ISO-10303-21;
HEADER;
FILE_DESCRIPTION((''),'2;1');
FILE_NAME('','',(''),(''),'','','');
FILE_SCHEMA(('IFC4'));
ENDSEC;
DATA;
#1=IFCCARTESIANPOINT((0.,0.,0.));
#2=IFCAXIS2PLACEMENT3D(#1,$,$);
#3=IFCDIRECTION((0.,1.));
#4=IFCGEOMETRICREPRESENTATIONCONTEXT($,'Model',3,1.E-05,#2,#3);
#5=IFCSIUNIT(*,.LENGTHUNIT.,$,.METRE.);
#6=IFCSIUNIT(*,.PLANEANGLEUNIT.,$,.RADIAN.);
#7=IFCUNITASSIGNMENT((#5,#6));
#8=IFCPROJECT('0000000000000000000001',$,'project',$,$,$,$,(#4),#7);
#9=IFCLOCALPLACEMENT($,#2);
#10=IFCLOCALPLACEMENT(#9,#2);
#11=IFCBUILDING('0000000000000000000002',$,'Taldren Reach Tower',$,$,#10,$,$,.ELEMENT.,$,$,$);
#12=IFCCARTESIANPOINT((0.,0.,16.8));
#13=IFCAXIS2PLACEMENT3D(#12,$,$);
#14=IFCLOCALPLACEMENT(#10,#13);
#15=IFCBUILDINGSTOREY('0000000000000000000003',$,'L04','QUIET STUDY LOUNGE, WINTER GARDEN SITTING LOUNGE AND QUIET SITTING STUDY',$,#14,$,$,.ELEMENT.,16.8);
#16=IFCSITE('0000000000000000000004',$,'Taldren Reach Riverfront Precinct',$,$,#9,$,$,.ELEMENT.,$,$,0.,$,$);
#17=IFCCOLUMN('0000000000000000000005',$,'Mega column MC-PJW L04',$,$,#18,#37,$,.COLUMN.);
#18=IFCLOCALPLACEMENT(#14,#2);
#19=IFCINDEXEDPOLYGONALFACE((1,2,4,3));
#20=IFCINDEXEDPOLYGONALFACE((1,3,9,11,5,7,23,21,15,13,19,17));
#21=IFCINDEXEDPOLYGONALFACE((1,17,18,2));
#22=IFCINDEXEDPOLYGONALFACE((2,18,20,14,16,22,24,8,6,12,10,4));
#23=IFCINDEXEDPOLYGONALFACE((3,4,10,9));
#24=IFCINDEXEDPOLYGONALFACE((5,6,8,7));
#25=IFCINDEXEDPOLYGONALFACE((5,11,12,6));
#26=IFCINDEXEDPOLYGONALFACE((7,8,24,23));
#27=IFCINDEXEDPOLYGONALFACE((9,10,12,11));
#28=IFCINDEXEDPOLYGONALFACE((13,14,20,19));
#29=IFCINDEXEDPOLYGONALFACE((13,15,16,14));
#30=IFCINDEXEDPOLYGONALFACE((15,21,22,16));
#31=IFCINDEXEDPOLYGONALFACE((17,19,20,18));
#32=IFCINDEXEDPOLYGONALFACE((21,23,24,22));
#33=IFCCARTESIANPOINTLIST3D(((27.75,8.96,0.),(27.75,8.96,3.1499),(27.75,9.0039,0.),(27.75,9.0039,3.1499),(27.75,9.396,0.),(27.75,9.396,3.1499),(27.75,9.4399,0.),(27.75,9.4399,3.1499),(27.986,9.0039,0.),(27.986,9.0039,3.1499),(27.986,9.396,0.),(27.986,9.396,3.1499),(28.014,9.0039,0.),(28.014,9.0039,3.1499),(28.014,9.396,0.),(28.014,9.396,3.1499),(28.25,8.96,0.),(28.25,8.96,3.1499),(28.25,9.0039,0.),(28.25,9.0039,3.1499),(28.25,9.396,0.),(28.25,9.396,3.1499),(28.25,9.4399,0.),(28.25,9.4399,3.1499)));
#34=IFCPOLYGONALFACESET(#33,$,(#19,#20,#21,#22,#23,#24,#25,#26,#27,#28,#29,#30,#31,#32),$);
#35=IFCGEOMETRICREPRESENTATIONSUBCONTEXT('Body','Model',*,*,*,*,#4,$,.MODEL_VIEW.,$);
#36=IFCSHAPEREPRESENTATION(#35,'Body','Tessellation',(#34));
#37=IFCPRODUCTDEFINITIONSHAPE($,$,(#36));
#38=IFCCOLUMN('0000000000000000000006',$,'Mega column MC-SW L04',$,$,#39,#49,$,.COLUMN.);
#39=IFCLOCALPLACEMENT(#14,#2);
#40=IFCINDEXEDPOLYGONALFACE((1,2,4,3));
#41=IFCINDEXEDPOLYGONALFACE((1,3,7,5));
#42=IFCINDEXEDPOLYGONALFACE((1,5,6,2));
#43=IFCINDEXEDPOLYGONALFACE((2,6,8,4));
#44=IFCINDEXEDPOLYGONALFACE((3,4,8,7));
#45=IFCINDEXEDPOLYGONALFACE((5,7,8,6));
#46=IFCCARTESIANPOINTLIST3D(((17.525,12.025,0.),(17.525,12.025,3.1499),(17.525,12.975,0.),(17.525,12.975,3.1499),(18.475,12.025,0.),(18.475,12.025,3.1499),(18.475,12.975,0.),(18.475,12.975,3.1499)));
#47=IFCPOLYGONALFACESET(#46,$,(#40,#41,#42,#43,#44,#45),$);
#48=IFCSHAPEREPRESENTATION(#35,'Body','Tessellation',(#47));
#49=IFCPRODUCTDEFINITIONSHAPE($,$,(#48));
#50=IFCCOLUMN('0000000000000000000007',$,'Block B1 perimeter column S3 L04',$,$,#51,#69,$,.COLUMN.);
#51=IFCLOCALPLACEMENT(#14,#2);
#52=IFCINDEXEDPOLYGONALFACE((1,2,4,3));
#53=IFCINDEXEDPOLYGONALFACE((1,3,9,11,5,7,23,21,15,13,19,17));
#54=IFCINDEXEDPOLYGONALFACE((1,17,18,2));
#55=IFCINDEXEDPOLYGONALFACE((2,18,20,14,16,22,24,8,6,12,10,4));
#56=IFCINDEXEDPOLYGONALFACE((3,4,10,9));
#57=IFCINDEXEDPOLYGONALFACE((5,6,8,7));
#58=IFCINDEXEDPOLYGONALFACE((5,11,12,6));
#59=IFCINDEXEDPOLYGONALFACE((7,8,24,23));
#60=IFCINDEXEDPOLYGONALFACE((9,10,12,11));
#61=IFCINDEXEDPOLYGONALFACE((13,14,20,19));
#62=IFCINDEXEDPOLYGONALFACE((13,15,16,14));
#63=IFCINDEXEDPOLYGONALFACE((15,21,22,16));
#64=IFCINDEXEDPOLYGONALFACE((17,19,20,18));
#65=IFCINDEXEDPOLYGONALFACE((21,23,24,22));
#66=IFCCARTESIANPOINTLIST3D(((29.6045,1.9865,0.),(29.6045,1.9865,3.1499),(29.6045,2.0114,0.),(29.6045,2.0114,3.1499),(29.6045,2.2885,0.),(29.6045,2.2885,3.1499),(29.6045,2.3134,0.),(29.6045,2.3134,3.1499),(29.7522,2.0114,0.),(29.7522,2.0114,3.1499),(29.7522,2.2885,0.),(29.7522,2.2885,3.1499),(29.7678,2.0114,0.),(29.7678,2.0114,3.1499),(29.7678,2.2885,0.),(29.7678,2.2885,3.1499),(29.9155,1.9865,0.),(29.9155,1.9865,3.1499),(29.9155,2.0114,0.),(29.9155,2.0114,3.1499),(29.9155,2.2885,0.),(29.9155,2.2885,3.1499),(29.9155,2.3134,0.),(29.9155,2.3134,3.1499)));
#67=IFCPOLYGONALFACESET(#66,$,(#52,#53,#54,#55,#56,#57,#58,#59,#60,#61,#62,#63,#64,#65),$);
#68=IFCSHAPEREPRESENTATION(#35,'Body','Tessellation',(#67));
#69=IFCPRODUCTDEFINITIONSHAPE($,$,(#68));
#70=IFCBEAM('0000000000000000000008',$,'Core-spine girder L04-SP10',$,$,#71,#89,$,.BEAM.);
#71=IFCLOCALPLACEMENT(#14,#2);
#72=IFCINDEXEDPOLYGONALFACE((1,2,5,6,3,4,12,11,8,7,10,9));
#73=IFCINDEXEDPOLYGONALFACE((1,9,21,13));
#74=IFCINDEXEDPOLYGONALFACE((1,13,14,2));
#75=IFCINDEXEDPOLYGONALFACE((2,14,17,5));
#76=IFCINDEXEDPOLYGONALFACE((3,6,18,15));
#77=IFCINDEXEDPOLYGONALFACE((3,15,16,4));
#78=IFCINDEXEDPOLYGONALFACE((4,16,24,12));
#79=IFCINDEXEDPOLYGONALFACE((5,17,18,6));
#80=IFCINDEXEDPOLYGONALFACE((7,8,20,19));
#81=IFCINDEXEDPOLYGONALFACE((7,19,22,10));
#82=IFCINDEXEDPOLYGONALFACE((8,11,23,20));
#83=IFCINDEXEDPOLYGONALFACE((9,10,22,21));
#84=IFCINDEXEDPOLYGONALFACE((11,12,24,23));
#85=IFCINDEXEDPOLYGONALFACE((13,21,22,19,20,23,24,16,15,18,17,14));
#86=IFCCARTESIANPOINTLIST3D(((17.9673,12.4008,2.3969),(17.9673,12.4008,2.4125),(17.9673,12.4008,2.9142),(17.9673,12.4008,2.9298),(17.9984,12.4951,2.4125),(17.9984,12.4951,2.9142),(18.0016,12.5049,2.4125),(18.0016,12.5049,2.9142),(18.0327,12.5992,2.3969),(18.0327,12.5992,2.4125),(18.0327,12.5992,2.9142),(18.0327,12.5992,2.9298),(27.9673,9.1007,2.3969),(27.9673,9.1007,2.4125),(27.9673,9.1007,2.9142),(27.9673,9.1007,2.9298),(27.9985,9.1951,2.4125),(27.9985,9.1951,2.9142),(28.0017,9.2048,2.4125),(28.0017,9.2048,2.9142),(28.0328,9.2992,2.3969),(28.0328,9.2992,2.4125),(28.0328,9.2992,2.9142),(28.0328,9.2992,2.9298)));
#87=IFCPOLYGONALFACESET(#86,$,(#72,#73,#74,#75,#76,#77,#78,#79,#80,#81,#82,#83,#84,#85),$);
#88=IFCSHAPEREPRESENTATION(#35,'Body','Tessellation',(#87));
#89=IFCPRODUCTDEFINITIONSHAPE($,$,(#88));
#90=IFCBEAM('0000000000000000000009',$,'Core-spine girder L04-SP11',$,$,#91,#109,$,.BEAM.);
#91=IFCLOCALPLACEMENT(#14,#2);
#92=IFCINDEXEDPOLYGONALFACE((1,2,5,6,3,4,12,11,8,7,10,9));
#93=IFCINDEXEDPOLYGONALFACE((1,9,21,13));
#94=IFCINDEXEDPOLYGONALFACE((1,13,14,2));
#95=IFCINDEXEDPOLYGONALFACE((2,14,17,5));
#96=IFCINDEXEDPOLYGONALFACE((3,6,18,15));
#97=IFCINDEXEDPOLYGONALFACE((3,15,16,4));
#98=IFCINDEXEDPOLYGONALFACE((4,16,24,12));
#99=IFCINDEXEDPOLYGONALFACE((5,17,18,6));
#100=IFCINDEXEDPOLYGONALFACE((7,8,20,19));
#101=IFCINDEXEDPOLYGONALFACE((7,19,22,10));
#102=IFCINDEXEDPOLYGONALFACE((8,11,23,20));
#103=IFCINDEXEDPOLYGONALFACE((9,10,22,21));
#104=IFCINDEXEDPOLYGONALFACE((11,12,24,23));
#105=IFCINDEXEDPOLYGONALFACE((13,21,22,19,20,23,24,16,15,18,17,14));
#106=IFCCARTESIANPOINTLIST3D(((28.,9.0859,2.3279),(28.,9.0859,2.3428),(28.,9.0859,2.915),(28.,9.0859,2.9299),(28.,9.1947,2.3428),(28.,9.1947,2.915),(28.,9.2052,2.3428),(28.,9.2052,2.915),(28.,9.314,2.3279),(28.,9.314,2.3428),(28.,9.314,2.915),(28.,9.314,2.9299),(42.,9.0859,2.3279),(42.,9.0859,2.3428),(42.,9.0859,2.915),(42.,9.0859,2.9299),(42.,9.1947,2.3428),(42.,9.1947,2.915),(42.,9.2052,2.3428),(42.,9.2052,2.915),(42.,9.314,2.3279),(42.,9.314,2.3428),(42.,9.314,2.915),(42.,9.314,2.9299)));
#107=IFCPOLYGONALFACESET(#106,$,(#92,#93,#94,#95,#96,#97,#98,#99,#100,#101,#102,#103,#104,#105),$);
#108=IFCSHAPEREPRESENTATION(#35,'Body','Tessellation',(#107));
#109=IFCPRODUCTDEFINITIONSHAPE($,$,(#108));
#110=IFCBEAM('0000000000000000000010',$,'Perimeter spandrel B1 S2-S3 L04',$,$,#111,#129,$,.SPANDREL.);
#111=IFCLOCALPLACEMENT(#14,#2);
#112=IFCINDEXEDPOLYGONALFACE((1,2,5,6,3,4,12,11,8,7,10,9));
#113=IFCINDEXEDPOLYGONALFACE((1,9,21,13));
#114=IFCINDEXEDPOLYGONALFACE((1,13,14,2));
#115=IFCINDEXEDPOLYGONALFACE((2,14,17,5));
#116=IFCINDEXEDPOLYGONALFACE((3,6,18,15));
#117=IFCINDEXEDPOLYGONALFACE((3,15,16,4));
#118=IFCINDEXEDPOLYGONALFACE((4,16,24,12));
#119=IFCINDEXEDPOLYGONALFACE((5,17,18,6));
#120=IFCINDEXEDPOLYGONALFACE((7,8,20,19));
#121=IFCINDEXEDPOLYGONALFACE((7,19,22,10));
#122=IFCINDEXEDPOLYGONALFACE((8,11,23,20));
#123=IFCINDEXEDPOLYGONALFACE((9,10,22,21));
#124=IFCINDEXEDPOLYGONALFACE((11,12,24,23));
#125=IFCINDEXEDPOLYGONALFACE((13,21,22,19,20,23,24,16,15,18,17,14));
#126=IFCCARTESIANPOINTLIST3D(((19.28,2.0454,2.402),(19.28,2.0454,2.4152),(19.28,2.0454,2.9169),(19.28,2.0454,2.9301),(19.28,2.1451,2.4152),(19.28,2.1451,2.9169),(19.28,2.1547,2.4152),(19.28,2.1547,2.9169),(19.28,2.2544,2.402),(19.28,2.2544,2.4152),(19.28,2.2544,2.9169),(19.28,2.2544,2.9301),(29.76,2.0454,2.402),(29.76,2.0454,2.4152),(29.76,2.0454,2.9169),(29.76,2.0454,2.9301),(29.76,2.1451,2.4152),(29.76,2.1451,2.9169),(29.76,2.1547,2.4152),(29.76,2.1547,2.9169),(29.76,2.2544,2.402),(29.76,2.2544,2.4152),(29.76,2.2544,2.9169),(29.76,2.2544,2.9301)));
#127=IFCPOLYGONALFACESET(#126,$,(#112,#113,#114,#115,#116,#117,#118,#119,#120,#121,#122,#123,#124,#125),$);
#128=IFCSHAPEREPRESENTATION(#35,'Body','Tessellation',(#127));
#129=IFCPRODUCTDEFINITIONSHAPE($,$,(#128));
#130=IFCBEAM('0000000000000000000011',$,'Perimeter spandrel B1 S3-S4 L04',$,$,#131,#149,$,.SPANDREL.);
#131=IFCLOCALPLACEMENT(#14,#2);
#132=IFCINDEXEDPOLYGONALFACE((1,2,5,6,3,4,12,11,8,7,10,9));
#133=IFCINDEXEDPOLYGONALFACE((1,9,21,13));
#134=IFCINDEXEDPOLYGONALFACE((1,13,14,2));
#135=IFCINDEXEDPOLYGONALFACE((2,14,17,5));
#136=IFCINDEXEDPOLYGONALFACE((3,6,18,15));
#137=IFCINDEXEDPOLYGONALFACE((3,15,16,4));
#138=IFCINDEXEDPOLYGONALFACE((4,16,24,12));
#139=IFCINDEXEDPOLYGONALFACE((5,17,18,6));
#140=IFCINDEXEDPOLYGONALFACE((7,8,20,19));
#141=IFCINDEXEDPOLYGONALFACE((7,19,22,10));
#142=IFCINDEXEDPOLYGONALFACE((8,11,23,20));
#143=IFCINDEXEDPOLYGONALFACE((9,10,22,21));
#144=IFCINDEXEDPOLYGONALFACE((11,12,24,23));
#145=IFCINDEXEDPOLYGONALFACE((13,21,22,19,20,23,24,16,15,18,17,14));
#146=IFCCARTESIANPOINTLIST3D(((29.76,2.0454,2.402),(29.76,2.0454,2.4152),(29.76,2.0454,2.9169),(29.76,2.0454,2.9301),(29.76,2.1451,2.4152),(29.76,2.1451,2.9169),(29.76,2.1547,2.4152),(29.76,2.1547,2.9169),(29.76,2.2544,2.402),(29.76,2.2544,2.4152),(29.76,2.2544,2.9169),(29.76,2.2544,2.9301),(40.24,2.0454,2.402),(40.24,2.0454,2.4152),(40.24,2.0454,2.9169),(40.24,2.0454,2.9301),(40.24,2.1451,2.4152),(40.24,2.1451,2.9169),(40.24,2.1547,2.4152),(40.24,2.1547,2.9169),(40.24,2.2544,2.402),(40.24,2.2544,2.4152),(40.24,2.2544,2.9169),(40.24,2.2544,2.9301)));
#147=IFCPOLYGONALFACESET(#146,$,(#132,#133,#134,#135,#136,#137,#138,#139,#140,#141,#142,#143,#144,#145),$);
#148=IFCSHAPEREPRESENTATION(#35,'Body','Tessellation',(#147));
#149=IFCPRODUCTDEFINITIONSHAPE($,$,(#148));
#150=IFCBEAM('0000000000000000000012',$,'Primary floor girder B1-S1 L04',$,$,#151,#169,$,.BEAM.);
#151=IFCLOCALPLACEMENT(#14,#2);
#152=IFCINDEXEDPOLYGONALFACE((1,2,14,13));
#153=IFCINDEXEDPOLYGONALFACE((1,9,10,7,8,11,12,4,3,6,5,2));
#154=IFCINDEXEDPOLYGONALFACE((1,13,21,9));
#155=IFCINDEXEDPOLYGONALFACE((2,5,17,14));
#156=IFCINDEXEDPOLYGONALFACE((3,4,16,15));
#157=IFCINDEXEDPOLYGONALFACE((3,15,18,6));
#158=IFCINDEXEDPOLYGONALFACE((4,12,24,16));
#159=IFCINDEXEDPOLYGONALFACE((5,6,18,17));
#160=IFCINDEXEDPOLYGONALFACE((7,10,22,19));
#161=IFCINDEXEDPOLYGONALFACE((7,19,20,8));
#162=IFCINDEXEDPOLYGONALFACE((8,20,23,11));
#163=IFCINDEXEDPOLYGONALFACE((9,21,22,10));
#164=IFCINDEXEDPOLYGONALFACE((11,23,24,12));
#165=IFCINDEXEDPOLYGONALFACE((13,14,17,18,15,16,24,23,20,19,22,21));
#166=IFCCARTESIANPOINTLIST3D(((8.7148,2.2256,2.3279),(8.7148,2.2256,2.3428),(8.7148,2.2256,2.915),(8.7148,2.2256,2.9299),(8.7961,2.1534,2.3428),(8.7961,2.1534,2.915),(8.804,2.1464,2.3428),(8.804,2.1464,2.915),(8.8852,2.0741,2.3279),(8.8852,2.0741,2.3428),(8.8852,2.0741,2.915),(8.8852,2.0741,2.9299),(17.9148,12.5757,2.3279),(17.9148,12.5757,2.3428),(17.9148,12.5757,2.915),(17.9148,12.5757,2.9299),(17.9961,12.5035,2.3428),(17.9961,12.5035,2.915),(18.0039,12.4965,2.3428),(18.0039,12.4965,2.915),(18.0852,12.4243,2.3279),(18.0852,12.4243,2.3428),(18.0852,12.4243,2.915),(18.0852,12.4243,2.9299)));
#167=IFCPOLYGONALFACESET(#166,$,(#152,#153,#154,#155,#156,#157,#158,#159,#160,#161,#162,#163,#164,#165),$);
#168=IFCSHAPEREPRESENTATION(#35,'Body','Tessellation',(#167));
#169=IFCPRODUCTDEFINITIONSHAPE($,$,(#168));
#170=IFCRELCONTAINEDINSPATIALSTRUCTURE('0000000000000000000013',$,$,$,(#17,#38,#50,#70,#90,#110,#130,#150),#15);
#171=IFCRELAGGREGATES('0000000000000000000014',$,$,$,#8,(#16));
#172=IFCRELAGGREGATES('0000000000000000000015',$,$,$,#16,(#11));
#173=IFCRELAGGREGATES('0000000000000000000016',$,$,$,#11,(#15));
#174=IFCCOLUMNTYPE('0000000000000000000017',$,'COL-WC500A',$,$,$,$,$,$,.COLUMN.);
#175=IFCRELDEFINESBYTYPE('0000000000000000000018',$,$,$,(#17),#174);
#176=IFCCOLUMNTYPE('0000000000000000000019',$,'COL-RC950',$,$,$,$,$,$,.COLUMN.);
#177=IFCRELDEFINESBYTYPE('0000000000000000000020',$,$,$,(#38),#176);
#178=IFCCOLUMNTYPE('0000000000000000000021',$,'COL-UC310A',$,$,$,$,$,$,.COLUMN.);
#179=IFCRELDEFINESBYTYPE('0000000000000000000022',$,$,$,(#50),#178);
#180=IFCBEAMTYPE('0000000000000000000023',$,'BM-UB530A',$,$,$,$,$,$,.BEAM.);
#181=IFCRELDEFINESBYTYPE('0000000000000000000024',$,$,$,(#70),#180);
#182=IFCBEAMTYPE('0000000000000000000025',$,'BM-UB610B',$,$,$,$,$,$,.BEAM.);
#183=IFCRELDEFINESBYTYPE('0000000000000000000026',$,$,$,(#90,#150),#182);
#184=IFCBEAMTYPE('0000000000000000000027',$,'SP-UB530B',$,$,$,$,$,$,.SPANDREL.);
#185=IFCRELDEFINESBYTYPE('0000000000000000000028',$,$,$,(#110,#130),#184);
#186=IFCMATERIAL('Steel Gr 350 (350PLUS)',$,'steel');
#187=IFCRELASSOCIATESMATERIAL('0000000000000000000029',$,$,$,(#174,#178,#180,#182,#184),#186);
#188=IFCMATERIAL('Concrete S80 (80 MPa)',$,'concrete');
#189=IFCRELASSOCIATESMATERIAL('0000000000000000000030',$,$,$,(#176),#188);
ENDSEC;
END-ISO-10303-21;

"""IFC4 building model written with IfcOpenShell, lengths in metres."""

from ifc_helpers import new_model, si_unit, direction, frame, origin, origin_2d, place, context, subcontext, project, spatial, rectangle, i_section, extrude, source, transform, mapped, material, material_profile, profile_set, type_object, element, save


model = new_model("IFC4")

# Units and contexts
model_context = context("Model", 3, precision=1e-05, world=origin(), true_north=direction((0.0, 1.0)))
body_context = subcontext(model_context, "Body", "Model", "MODEL_VIEW")
ifc_project = project(units=[si_unit("LENGTHUNIT", "METRE"), si_unit("PLANEANGLEUNIT", "RADIAN")], contexts=[model_context])

# Site, building, storey
site_placement = place(None, origin())
site = spatial("IfcSite", under=ifc_project, at=site_placement, Name="Taldren Reach Riverfront Precinct", CompositionType="ELEMENT", RefElevation=0.0)
building_placement = place(site_placement, origin())
building = spatial("IfcBuilding", under=site, at=building_placement, Name="Taldren Reach Tower", CompositionType="ELEMENT")
storey_placement = place(building_placement, frame((0.0, 0.0, 16.8)))
storey = spatial("IfcBuildingStorey", under=building, at=storey_placement, Name="L04", Description="QUIET STUDY LOUNGE, WINTER GARDEN SITTING LOUNGE AND QUIET SITTING STUDY", CompositionType="ELEMENT", Elevation=16.8)

# Columns
ifc_material_1 = material(Name="Steel Gr 350 (350PLUS)", Category="steel")
ifc_material_profile_1 = material_profile(ifc_material_1, i_section(OverallWidth=0.5, OverallDepth=0.48, WebThickness=0.0281, FlangeThickness=0.0439, at=origin_2d()), Name="500WC440")
ifc_profile_set_1 = profile_set([ifc_material_profile_1], Name="Steel Gr 350 (350PLUS)")
column_type_1 = type_object("IfcColumnType", Name="COL-WC500A", PredefinedType="COLUMN", material=ifc_profile_set_1)
shared_shape_1 = source(origin(), body_context, "Body", "SweptSolid", [
    extrude(i_section(OverallWidth=0.5, OverallDepth=0.48, WebThickness=0.0281, FlangeThickness=0.0439, at=origin_2d()), origin(), (0.0, 0.0, 1.0), 3.1499),
])
column_1_placement = place(storey_placement, frame((28.0, 9.2, 0.0), z_axis=(0.0, 0.0, 1.0), x_axis=(1.0, 0.0, 0.0)))
element("IfcColumn", 1, at=column_1_placement, inside=storey, type_object=column_type_1, Name="Mega column MC-PJW L04", PredefinedType="COLUMN", context=body_context, shape_type="MappedRepresentation", body=[
    mapped(shared_shape_1, transform((0.0, 0.0, 0.0), scale=1.0)),
])
ifc_material_2 = material(Name="Concrete S80 (80 MPa)", Category="concrete")
ifc_material_profile_2 = material_profile(ifc_material_2, rectangle(XDim=0.95, YDim=0.95, at=origin_2d()), Name="RC-950x950")
ifc_profile_set_2 = profile_set([ifc_material_profile_2], Name="Concrete S80 (80 MPa)")
column_type_2 = type_object("IfcColumnType", Name="COL-RC950", PredefinedType="COLUMN", material=ifc_profile_set_2)
shared_shape_2 = source(origin(), body_context, "Body", "SweptSolid", [
    extrude(rectangle(XDim=0.95, YDim=0.95, at=origin_2d()), origin(), (0.0, 0.0, 1.0), 3.1499),
])
column_2_placement = place(storey_placement, frame((18.0, 12.5, 0.0), z_axis=(0.0, 0.0, 1.0), x_axis=(1.0, 0.0, 0.0)))
element("IfcColumn", 2, at=column_2_placement, inside=storey, type_object=column_type_2, Name="Mega column MC-SW L04", PredefinedType="COLUMN", context=body_context, shape_type="MappedRepresentation", body=[
    mapped(shared_shape_2, transform((0.0, 0.0, 0.0), scale=1.0)),
])
ifc_material_profile_3 = material_profile(ifc_material_1, i_section(OverallWidth=0.311, OverallDepth=0.3269, WebThickness=0.0156, FlangeThickness=0.0249, at=origin_2d()), Name="310UC158")
ifc_profile_set_3 = profile_set([ifc_material_profile_3], Name="Steel Gr 350 (350PLUS)")
column_type_3 = type_object("IfcColumnType", Name="COL-UC310A", PredefinedType="COLUMN", material=ifc_profile_set_3)
shared_shape_3 = source(origin(), body_context, "Body", "SweptSolid", [
    extrude(i_section(OverallWidth=0.311, OverallDepth=0.3269, WebThickness=0.0156, FlangeThickness=0.0249, at=origin_2d()), origin(), (0.0, 0.0, 1.0), 3.1499),
])
column_3_placement = place(storey_placement, frame((29.76, 2.1499, 0.0), z_axis=(0.0, 0.0, 1.0), x_axis=(1.0, 0.0, 0.0)))
element("IfcColumn", 3, at=column_3_placement, inside=storey, type_object=column_type_3, Name="Block B1 perimeter column S3 L04", PredefinedType="COLUMN", context=body_context, shape_type="MappedRepresentation", body=[
    mapped(shared_shape_3, transform((0.0, 0.0, 0.0), scale=1.0)),
])

# Beams
ifc_material_profile_4 = material_profile(ifc_material_1, i_section(OverallWidth=0.209, OverallDepth=0.533, WebThickness=0.0103, FlangeThickness=0.0156, at=origin_2d()), Name="530UB92.4")
ifc_profile_set_4 = profile_set([ifc_material_profile_4], Name="Steel Gr 350 (350PLUS)")
beam_type_1 = type_object("IfcBeamType", Name="BM-UB530A", PredefinedType="BEAM", material=ifc_profile_set_4)
shared_shape_4 = source(origin(), body_context, "Body", "SweptSolid", [
    extrude(i_section(OverallWidth=0.209, OverallDepth=0.533, WebThickness=0.0103, FlangeThickness=0.0156, at=origin_2d()), origin(), (0.0, 0.0, 1.0), 10.5305),
])
beam_1_placement = place(storey_placement, frame((18.0, 12.5, 2.6633), z_axis=(0.949627, -0.313382, 0.0), x_axis=(0.313382, 0.949627, 0.0)))
element("IfcBeam", 4, at=beam_1_placement, inside=storey, type_object=beam_type_1, Name="Core-spine girder L04-SP10", PredefinedType="BEAM", context=body_context, shape_type="MappedRepresentation", body=[
    mapped(shared_shape_4, transform((0.0, 0.0, 0.0), scale=1.0)),
])
ifc_material_profile_5 = material_profile(ifc_material_1, i_section(OverallWidth=0.228, OverallDepth=0.6021, WebThickness=0.0105, FlangeThickness=0.0149, at=origin_2d()), Name="610UB101")
ifc_profile_set_5 = profile_set([ifc_material_profile_5], Name="Steel Gr 350 (350PLUS)")
beam_type_2 = type_object("IfcBeamType", Name="BM-UB610B", PredefinedType="BEAM", material=ifc_profile_set_5)
shared_shape_5 = source(origin(), body_context, "Body", "SweptSolid", [
    extrude(i_section(OverallWidth=0.228, OverallDepth=0.6021, WebThickness=0.0105, FlangeThickness=0.0149, at=origin_2d()), origin(), (0.0, 0.0, 1.0), 14.0),
])
beam_2_placement = place(storey_placement, frame((28.0, 9.2, 2.6289), z_axis=(1.0, 0.0, 0.0), x_axis=(0.0, 1.0, 0.0)))
element("IfcBeam", 5, at=beam_2_placement, inside=storey, type_object=beam_type_2, Name="Core-spine girder L04-SP11", PredefinedType="BEAM", context=body_context, shape_type="MappedRepresentation", body=[
    mapped(shared_shape_5, transform((0.0, 0.0, 0.0), scale=1.0)),
])
ifc_material_profile_6 = material_profile(ifc_material_1, i_section(OverallWidth=0.209, OverallDepth=0.5281, WebThickness=0.0095, FlangeThickness=0.0132, at=origin_2d()), Name="530UB82.0")
ifc_profile_set_6 = profile_set([ifc_material_profile_6], Name="Steel Gr 350 (350PLUS)")
beam_type_3 = type_object("IfcBeamType", Name="SP-UB530B", PredefinedType="SPANDREL", material=ifc_profile_set_6)
shared_shape_6 = source(origin(), body_context, "Body", "SweptSolid", [
    extrude(i_section(OverallWidth=0.209, OverallDepth=0.5281, WebThickness=0.0095, FlangeThickness=0.0132, at=origin_2d()), origin(), (0.0, 0.0, 1.0), 10.48),
])
for number, where, z_axis, x_axis, name in (
    (6, (19.28, 2.1499, 2.666), (1.0, 0.0, 0.0), (0.0, 1.0, 0.0), "Perimeter spandrel B1 S2-S3 L04"),
    (7, (29.76, 2.1499, 2.666), (1.0, 0.0, 0.0), (0.0, 1.0, 0.0), "Perimeter spandrel B1 S3-S4 L04"),
):
    element("IfcBeam", number, at=place(storey_placement, frame(where, z_axis=z_axis, x_axis=x_axis)), inside=storey, type_object=beam_type_3, Name=name, PredefinedType="SPANDREL", context=body_context, shape_type="MappedRepresentation", body=[
        mapped(shared_shape_6, transform((0.0, 0.0, 0.0), scale=1.0)),
    ])
shared_shape_7 = source(origin(), body_context, "Body", "SweptSolid", [
    extrude(i_section(OverallWidth=0.228, OverallDepth=0.6021, WebThickness=0.0105, FlangeThickness=0.0149, at=origin_2d()), origin(), (0.0, 0.0, 1.0), 13.8479),
])
beam_3_placement = place(storey_placement, frame((18.0, 12.5, 2.6289), z_axis=(-0.664358, -0.747414, 0.0), x_axis=(0.747414, -0.664358, 0.0)))
element("IfcBeam", 8, at=beam_3_placement, inside=storey, type_object=beam_type_2, Name="Primary floor girder B1-S1 L04", PredefinedType="BEAM", context=body_context, shape_type="MappedRepresentation", body=[
    mapped(shared_shape_7, transform((0.0, 0.0, 0.0), scale=1.0)),
])

save(model, "model.ifc")
